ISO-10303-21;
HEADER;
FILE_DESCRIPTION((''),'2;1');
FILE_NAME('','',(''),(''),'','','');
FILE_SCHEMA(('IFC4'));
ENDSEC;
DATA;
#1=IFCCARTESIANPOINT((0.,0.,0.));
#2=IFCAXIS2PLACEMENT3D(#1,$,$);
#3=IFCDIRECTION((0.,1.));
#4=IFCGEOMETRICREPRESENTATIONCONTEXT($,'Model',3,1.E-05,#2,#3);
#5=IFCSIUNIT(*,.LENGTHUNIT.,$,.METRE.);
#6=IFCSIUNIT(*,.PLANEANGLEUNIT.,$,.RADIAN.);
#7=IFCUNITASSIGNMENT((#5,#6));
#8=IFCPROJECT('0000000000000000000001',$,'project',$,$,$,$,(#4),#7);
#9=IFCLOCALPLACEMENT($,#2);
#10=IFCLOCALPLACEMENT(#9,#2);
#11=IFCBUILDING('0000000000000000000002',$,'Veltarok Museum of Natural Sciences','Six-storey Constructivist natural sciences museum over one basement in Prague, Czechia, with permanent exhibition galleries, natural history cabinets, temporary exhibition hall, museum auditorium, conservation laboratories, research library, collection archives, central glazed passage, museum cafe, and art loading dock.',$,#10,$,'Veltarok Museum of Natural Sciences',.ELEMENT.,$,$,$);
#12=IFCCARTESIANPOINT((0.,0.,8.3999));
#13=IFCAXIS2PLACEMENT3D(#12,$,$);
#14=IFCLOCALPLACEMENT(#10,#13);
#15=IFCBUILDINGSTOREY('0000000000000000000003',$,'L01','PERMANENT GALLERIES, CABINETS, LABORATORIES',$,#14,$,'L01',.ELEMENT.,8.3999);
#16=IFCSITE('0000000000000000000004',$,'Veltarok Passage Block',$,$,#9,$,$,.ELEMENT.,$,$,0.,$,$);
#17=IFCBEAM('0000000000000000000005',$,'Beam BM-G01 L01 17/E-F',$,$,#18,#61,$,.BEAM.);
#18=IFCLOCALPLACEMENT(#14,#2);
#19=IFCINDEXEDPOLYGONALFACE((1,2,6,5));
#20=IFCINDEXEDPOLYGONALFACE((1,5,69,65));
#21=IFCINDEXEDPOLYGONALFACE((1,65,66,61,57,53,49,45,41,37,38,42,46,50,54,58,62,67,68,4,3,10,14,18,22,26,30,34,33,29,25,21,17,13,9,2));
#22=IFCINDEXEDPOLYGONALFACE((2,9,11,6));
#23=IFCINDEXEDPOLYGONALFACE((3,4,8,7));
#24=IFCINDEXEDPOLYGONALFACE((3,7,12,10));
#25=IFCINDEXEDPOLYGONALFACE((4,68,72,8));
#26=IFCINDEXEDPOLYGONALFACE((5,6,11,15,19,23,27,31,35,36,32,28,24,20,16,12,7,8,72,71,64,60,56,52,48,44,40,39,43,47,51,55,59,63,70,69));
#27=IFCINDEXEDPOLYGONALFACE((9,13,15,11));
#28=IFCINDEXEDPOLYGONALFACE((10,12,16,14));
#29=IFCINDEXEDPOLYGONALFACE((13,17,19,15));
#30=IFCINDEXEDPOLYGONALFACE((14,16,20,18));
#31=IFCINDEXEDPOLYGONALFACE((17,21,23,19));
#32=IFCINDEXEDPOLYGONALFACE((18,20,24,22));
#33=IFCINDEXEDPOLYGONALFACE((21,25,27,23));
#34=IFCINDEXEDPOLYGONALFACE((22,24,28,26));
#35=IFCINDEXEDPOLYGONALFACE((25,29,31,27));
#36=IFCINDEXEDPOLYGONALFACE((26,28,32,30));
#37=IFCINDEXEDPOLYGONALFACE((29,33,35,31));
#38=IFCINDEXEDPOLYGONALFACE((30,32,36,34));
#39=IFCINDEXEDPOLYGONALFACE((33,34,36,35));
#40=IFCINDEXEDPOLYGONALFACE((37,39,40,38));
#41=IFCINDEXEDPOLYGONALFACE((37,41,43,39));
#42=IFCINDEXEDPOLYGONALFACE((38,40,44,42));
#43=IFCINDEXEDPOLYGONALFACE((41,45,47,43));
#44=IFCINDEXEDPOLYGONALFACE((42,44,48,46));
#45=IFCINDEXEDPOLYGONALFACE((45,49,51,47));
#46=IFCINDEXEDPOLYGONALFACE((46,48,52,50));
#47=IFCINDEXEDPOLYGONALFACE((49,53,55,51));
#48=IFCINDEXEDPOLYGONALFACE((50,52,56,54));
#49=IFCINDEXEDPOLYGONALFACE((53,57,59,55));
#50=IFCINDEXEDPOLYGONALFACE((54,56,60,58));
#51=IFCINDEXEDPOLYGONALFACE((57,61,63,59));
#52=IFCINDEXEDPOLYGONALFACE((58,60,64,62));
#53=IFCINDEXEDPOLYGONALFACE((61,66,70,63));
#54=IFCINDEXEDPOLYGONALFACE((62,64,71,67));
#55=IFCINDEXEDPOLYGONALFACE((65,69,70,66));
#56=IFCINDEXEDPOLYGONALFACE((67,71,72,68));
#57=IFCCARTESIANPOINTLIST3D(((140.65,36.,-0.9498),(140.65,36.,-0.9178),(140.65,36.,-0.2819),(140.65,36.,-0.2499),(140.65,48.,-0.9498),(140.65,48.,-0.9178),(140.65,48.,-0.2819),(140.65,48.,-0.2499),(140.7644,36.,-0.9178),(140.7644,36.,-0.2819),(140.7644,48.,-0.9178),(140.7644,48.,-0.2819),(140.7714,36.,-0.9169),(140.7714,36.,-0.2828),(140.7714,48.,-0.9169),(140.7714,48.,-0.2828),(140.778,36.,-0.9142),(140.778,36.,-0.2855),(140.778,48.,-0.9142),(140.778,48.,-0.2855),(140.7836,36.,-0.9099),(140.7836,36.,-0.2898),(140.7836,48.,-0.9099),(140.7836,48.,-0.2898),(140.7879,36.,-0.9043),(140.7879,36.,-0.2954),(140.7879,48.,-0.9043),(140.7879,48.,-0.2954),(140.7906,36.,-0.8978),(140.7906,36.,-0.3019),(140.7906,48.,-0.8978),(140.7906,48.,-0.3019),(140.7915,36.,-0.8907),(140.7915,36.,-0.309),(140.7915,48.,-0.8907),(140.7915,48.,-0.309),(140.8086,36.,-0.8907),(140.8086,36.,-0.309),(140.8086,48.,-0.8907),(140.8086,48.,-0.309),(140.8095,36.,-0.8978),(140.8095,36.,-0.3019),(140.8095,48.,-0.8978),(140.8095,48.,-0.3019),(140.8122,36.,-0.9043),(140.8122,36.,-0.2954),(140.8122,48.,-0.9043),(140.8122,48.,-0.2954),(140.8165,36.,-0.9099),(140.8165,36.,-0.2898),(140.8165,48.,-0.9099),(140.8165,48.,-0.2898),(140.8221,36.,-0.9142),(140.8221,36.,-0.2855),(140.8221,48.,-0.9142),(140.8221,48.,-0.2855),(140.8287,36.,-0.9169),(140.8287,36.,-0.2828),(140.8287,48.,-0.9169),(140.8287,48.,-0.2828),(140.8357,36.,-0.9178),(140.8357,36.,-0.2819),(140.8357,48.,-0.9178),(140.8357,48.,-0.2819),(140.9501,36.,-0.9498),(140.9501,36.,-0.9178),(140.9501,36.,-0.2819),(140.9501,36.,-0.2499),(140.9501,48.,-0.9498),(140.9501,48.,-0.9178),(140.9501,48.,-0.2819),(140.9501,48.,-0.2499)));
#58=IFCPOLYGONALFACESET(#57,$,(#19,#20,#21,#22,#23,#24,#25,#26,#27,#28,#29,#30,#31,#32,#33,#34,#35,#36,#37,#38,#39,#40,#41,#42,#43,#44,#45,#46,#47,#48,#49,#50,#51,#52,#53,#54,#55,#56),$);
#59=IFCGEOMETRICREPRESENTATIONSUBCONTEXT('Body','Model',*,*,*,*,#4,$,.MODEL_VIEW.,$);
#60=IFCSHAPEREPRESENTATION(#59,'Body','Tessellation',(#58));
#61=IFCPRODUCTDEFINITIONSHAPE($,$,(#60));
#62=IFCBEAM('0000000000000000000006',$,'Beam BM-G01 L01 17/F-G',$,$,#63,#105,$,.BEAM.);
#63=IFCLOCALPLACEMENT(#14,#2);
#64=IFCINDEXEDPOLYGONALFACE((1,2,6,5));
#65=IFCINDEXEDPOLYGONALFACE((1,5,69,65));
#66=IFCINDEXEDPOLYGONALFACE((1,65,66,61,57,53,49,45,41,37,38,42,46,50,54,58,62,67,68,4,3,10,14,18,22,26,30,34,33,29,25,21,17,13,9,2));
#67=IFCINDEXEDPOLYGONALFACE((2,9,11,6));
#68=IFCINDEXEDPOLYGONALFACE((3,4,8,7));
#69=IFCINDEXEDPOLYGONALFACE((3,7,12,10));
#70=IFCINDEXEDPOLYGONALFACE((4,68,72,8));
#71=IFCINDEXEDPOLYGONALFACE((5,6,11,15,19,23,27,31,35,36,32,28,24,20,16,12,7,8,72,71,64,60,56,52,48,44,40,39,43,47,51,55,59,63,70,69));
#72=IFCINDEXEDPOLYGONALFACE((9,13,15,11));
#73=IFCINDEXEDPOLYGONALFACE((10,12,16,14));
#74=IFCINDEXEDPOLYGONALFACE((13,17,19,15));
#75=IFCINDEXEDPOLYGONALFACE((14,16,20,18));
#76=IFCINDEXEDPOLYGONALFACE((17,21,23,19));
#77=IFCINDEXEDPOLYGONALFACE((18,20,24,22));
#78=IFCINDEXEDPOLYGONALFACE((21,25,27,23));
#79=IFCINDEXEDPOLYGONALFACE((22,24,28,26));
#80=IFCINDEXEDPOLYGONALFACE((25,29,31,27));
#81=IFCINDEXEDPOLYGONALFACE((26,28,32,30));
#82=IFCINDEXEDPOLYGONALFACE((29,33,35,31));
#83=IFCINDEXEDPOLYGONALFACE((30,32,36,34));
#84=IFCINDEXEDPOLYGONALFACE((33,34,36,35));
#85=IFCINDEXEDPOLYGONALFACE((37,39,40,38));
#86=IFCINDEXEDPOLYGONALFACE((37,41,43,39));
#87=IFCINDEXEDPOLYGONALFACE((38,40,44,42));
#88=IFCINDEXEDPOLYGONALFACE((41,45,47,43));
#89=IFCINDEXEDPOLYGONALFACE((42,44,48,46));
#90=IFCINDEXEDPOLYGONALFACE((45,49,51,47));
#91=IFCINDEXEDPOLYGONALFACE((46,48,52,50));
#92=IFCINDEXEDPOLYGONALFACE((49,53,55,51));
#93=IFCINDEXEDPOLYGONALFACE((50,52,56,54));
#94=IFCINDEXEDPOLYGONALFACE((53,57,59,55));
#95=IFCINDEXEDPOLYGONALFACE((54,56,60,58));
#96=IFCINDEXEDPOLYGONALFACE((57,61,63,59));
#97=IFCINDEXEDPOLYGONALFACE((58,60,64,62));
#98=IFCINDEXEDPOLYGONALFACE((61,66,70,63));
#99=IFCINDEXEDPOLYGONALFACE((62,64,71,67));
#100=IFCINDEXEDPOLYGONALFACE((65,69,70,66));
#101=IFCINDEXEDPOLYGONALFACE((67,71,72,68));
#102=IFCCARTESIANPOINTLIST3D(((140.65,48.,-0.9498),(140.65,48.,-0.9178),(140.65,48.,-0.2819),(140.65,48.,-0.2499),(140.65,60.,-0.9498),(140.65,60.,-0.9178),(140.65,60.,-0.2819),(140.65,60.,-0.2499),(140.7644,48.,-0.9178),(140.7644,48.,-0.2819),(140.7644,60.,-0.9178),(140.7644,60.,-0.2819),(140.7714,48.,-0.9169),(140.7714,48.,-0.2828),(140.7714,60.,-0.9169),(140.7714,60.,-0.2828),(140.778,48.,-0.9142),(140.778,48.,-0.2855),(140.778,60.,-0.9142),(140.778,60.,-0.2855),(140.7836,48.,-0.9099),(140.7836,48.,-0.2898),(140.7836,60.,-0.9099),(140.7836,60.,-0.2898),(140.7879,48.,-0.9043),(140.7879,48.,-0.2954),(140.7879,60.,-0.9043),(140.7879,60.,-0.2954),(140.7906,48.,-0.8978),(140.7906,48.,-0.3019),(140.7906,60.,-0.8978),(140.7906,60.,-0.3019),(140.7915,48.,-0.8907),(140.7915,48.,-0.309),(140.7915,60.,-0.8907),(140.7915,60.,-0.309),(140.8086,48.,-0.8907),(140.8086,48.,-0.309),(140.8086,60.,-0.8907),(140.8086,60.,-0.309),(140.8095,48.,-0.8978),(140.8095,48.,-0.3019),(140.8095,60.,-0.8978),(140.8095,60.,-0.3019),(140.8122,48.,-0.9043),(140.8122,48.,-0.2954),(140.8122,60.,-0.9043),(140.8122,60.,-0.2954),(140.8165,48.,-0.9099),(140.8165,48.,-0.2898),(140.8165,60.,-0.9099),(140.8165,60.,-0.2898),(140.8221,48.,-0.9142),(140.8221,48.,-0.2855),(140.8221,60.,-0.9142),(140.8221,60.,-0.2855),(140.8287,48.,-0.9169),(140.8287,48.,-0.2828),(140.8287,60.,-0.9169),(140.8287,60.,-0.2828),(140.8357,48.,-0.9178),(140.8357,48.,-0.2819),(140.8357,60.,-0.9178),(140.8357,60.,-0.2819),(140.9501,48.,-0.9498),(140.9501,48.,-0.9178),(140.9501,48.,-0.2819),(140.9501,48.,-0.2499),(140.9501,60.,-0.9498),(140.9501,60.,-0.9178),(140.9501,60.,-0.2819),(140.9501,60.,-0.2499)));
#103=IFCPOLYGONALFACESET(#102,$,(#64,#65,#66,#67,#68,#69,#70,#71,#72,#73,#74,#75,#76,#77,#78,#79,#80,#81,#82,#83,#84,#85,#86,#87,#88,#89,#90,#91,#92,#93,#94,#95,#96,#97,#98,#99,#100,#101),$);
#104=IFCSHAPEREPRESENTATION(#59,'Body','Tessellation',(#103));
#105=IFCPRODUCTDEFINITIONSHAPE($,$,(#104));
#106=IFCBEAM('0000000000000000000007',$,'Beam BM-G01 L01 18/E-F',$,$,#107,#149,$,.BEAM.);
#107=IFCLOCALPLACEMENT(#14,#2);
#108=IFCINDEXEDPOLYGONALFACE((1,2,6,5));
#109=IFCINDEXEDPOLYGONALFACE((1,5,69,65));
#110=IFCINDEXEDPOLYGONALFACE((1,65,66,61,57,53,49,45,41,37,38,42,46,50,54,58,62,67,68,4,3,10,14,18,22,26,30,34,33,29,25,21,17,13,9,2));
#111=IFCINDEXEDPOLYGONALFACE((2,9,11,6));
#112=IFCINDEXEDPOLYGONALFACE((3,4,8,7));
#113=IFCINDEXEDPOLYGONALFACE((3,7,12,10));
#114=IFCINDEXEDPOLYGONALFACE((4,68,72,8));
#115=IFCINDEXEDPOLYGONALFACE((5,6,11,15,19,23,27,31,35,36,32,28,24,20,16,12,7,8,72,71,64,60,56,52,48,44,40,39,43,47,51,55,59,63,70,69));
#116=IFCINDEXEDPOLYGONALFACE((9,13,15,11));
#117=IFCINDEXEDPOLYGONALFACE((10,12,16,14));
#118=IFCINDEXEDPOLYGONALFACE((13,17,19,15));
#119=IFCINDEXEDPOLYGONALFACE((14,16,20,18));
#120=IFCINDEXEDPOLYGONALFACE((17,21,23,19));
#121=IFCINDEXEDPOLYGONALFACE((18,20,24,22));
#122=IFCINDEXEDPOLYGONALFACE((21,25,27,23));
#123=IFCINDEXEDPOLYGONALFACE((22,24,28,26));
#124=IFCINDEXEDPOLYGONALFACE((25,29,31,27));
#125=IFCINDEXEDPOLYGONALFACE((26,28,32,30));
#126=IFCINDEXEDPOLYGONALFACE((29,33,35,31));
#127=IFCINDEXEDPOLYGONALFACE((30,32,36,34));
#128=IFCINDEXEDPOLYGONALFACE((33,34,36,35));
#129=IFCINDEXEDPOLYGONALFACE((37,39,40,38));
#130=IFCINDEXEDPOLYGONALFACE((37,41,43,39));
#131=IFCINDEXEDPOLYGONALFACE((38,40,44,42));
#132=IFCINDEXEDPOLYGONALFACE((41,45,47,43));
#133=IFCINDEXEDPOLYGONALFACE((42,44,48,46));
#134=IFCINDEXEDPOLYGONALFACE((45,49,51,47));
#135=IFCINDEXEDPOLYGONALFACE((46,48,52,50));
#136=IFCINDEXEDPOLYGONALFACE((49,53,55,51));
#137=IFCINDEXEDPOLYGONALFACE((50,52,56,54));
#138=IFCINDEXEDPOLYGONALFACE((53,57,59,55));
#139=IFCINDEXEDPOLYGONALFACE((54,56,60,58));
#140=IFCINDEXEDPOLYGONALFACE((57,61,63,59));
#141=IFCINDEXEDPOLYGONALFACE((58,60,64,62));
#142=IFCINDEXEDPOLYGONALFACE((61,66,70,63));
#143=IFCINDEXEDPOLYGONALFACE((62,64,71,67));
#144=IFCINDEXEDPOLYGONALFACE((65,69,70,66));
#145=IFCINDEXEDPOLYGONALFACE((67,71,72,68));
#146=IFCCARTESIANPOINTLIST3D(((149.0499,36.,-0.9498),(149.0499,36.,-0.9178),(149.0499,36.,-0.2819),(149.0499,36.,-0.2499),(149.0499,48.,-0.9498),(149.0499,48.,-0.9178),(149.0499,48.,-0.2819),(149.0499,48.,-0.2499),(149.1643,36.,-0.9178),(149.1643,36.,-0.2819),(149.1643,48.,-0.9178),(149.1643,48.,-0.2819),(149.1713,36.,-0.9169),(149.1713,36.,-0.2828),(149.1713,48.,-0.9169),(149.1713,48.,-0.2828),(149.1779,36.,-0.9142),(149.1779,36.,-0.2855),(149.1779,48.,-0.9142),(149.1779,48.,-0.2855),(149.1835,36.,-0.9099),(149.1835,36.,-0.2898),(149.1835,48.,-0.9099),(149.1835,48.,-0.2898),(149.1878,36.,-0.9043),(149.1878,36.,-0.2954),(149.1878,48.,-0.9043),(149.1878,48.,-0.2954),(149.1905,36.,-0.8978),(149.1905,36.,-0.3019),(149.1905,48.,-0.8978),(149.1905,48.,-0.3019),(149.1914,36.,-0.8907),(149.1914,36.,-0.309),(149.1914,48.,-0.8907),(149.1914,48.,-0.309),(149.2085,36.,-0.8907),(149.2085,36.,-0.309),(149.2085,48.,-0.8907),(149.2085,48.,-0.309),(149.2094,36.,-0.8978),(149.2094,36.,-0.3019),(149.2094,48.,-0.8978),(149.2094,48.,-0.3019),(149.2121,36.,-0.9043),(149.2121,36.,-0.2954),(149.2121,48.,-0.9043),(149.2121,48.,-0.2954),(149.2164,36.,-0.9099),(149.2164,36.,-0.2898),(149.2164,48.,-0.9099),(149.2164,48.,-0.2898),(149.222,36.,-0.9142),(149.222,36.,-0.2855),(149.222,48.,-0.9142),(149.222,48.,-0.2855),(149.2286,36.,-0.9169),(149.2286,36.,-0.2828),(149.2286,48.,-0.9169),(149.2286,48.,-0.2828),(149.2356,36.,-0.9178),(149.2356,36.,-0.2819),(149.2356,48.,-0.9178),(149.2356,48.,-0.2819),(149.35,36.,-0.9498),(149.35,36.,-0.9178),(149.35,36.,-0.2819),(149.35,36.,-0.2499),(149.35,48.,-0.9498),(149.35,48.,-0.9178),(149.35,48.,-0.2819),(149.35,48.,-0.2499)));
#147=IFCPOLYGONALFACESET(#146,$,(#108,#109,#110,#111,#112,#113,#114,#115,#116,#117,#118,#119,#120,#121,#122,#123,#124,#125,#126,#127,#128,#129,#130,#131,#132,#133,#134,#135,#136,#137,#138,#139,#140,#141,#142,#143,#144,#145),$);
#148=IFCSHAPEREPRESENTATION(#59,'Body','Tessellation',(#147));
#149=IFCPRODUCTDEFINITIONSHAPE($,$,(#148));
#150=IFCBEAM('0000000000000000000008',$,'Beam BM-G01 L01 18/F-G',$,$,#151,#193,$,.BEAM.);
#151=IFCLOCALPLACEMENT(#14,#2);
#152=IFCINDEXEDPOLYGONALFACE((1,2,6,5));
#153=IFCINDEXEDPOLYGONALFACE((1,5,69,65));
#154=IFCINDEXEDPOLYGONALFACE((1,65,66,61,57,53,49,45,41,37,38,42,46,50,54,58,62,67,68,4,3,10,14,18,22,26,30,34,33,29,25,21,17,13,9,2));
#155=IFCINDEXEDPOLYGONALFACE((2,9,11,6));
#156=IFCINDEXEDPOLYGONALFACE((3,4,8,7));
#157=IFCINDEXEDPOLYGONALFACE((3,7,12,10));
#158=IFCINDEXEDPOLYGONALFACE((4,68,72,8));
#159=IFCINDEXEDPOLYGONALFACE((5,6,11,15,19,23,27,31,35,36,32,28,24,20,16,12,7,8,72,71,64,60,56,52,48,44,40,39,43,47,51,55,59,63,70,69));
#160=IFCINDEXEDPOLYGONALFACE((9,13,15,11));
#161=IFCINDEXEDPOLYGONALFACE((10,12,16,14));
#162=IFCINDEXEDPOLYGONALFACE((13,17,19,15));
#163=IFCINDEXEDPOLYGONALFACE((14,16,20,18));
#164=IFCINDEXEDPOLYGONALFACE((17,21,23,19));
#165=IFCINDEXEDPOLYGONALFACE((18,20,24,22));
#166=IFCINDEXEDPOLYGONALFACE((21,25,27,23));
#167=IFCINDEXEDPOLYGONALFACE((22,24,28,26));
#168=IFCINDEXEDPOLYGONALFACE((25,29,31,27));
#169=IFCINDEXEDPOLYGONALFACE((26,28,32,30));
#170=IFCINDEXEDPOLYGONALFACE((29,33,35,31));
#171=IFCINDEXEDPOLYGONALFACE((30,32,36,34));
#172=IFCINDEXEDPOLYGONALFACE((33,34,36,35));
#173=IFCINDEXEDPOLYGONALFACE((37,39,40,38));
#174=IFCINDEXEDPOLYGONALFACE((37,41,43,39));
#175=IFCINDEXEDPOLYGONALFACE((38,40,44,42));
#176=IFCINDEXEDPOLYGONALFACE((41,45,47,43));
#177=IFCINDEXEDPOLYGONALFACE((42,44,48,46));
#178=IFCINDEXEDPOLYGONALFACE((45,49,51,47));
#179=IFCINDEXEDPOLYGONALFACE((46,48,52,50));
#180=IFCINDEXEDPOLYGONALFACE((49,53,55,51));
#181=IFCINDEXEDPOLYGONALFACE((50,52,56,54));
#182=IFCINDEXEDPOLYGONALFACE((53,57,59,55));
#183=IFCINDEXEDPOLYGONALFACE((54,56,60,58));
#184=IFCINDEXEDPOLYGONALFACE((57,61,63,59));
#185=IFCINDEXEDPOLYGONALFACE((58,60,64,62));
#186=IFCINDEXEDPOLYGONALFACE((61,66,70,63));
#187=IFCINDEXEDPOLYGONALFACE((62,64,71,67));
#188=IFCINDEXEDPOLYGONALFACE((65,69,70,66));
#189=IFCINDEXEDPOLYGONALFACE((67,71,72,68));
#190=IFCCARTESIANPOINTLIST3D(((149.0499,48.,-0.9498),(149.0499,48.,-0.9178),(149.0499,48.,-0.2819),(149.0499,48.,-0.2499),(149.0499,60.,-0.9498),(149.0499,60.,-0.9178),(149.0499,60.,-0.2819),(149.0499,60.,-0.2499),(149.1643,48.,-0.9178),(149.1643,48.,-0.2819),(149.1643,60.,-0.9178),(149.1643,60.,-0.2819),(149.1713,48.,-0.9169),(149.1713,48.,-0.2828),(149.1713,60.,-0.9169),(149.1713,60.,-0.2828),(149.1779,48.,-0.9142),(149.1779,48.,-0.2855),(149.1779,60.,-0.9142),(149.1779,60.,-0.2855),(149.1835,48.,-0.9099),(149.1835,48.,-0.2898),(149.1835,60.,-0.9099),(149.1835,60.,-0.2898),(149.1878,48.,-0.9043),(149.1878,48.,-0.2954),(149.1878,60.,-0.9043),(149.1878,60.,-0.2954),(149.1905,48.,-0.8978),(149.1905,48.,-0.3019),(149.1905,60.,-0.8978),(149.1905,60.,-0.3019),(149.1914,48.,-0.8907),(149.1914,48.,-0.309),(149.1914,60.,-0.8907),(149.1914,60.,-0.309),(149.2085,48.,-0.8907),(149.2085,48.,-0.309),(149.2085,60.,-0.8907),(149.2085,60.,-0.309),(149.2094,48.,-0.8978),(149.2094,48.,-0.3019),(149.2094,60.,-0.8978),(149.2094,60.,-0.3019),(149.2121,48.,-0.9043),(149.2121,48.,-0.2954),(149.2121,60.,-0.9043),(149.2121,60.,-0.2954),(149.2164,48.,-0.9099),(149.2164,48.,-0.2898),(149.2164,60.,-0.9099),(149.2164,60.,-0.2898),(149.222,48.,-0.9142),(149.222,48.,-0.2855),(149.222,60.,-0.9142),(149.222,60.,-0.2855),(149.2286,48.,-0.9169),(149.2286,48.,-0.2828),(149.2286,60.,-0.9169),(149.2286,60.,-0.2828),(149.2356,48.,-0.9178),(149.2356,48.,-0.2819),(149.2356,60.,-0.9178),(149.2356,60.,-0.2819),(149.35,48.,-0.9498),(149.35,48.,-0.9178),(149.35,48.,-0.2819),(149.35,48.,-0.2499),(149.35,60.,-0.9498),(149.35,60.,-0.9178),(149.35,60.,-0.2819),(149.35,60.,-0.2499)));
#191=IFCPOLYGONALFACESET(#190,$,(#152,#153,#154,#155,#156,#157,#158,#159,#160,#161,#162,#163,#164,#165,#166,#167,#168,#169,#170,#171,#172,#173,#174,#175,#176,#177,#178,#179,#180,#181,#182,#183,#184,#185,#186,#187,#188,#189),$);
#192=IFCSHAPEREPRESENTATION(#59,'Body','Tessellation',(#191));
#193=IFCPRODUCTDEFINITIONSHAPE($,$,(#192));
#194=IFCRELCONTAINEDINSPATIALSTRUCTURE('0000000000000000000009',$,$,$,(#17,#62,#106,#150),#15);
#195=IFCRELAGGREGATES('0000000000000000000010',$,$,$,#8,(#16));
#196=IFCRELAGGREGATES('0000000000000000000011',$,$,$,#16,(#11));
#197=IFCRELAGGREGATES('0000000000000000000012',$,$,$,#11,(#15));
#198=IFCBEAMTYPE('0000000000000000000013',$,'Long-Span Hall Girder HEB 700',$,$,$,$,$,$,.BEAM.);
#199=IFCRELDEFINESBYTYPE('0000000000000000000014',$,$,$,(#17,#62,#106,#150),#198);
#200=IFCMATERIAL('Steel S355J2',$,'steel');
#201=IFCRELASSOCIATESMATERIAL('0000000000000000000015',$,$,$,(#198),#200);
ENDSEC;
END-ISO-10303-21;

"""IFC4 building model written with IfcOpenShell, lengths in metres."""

from ifc_helpers import new_model, si_unit, direction, frame, origin, origin_2d, place, context, subcontext, project, spatial, i_section, extrude, material, material_profile, profile_set, type_object, element, save


model = new_model("IFC4")

# Units and contexts
model_context = context("Model", 3, precision=1e-05, world=origin(), true_north=direction((0.0, 1.0)))
body_context = subcontext(model_context, "Body", "Model", "MODEL_VIEW")
ifc_project = project(units=[si_unit("LENGTHUNIT", "METRE"), si_unit("PLANEANGLEUNIT", "RADIAN")], contexts=[model_context])

# Site, building, storey
site_placement = place(None, origin())
site = spatial("IfcSite", under=ifc_project, at=site_placement, Name="Veltarok Passage Block", CompositionType="ELEMENT", RefElevation=0.0)
building_placement = place(site_placement, origin())
building = spatial("IfcBuilding", under=site, at=building_placement, Name="Veltarok Museum of Natural Sciences", Description="Six-storey Constructivist natural sciences museum over one basement in Prague, Czechia, with permanent exhibition galleries, natural history cabinets, temporary exhibition hall, museum auditorium, conservation laboratories, research library, collection archives, central glazed passage, museum cafe, and art loading dock.", LongName="Veltarok Museum of Natural Sciences", CompositionType="ELEMENT")
storey_placement = place(building_placement, frame((0.0, 0.0, 8.3999)))
storey = spatial("IfcBuildingStorey", under=building, at=storey_placement, Name="L01", Description="PERMANENT GALLERIES, CABINETS, LABORATORIES", LongName="L01", CompositionType="ELEMENT", Elevation=8.3999)

# Beams
ifc_material_1 = material(Name="Steel S355J2", Category="steel")
ifc_material_profile_1 = material_profile(ifc_material_1, i_section(OverallWidth=0.3, OverallDepth=0.7, WebThickness=0.0171, FlangeThickness=0.032, FilletRadius=0.0271, at=origin_2d()), Name="HEB 700")
ifc_profile_set_1 = profile_set([ifc_material_profile_1], Name="Steel S355J2")
beam_type_1 = type_object("IfcBeamType", Name="Long-Span Hall Girder HEB 700", PredefinedType="BEAM", material=ifc_profile_set_1)
for number, where, z_axis, x_axis, name in (
    (1, (140.8, 36.0, -0.5999), (0.0, 1.0, 0.0), (-1.0, 0.0, 0.0), "Beam BM-G01 L01 17/E-F"),
    (2, (140.8, 48.0, -0.5999), (0.0, 1.0, 0.0), (-1.0, 0.0, 0.0), "Beam BM-G01 L01 17/F-G"),
    (3, (149.2, 36.0, -0.5999), (0.0, 1.0, 0.0), (-1.0, 0.0, 0.0), "Beam BM-G01 L01 18/E-F"),
    (4, (149.2, 48.0, -0.5999), (0.0, 1.0, 0.0), (-1.0, 0.0, 0.0), "Beam BM-G01 L01 18/F-G"),
):
    element("IfcBeam", number, at=place(storey_placement, frame(where, z_axis=z_axis, x_axis=x_axis)), inside=storey, type_object=beam_type_1, Name=name, PredefinedType="BEAM", context=body_context, shape_type="SweptSolid", body=[
        extrude(i_section(OverallWidth=0.3, OverallDepth=0.7, WebThickness=0.0171, FlangeThickness=0.032, FilletRadius=0.0271, at=origin_2d()), origin(), (0.0, 0.0, 1.0), 12.0),
    ])

save(model, "model.ifc")
